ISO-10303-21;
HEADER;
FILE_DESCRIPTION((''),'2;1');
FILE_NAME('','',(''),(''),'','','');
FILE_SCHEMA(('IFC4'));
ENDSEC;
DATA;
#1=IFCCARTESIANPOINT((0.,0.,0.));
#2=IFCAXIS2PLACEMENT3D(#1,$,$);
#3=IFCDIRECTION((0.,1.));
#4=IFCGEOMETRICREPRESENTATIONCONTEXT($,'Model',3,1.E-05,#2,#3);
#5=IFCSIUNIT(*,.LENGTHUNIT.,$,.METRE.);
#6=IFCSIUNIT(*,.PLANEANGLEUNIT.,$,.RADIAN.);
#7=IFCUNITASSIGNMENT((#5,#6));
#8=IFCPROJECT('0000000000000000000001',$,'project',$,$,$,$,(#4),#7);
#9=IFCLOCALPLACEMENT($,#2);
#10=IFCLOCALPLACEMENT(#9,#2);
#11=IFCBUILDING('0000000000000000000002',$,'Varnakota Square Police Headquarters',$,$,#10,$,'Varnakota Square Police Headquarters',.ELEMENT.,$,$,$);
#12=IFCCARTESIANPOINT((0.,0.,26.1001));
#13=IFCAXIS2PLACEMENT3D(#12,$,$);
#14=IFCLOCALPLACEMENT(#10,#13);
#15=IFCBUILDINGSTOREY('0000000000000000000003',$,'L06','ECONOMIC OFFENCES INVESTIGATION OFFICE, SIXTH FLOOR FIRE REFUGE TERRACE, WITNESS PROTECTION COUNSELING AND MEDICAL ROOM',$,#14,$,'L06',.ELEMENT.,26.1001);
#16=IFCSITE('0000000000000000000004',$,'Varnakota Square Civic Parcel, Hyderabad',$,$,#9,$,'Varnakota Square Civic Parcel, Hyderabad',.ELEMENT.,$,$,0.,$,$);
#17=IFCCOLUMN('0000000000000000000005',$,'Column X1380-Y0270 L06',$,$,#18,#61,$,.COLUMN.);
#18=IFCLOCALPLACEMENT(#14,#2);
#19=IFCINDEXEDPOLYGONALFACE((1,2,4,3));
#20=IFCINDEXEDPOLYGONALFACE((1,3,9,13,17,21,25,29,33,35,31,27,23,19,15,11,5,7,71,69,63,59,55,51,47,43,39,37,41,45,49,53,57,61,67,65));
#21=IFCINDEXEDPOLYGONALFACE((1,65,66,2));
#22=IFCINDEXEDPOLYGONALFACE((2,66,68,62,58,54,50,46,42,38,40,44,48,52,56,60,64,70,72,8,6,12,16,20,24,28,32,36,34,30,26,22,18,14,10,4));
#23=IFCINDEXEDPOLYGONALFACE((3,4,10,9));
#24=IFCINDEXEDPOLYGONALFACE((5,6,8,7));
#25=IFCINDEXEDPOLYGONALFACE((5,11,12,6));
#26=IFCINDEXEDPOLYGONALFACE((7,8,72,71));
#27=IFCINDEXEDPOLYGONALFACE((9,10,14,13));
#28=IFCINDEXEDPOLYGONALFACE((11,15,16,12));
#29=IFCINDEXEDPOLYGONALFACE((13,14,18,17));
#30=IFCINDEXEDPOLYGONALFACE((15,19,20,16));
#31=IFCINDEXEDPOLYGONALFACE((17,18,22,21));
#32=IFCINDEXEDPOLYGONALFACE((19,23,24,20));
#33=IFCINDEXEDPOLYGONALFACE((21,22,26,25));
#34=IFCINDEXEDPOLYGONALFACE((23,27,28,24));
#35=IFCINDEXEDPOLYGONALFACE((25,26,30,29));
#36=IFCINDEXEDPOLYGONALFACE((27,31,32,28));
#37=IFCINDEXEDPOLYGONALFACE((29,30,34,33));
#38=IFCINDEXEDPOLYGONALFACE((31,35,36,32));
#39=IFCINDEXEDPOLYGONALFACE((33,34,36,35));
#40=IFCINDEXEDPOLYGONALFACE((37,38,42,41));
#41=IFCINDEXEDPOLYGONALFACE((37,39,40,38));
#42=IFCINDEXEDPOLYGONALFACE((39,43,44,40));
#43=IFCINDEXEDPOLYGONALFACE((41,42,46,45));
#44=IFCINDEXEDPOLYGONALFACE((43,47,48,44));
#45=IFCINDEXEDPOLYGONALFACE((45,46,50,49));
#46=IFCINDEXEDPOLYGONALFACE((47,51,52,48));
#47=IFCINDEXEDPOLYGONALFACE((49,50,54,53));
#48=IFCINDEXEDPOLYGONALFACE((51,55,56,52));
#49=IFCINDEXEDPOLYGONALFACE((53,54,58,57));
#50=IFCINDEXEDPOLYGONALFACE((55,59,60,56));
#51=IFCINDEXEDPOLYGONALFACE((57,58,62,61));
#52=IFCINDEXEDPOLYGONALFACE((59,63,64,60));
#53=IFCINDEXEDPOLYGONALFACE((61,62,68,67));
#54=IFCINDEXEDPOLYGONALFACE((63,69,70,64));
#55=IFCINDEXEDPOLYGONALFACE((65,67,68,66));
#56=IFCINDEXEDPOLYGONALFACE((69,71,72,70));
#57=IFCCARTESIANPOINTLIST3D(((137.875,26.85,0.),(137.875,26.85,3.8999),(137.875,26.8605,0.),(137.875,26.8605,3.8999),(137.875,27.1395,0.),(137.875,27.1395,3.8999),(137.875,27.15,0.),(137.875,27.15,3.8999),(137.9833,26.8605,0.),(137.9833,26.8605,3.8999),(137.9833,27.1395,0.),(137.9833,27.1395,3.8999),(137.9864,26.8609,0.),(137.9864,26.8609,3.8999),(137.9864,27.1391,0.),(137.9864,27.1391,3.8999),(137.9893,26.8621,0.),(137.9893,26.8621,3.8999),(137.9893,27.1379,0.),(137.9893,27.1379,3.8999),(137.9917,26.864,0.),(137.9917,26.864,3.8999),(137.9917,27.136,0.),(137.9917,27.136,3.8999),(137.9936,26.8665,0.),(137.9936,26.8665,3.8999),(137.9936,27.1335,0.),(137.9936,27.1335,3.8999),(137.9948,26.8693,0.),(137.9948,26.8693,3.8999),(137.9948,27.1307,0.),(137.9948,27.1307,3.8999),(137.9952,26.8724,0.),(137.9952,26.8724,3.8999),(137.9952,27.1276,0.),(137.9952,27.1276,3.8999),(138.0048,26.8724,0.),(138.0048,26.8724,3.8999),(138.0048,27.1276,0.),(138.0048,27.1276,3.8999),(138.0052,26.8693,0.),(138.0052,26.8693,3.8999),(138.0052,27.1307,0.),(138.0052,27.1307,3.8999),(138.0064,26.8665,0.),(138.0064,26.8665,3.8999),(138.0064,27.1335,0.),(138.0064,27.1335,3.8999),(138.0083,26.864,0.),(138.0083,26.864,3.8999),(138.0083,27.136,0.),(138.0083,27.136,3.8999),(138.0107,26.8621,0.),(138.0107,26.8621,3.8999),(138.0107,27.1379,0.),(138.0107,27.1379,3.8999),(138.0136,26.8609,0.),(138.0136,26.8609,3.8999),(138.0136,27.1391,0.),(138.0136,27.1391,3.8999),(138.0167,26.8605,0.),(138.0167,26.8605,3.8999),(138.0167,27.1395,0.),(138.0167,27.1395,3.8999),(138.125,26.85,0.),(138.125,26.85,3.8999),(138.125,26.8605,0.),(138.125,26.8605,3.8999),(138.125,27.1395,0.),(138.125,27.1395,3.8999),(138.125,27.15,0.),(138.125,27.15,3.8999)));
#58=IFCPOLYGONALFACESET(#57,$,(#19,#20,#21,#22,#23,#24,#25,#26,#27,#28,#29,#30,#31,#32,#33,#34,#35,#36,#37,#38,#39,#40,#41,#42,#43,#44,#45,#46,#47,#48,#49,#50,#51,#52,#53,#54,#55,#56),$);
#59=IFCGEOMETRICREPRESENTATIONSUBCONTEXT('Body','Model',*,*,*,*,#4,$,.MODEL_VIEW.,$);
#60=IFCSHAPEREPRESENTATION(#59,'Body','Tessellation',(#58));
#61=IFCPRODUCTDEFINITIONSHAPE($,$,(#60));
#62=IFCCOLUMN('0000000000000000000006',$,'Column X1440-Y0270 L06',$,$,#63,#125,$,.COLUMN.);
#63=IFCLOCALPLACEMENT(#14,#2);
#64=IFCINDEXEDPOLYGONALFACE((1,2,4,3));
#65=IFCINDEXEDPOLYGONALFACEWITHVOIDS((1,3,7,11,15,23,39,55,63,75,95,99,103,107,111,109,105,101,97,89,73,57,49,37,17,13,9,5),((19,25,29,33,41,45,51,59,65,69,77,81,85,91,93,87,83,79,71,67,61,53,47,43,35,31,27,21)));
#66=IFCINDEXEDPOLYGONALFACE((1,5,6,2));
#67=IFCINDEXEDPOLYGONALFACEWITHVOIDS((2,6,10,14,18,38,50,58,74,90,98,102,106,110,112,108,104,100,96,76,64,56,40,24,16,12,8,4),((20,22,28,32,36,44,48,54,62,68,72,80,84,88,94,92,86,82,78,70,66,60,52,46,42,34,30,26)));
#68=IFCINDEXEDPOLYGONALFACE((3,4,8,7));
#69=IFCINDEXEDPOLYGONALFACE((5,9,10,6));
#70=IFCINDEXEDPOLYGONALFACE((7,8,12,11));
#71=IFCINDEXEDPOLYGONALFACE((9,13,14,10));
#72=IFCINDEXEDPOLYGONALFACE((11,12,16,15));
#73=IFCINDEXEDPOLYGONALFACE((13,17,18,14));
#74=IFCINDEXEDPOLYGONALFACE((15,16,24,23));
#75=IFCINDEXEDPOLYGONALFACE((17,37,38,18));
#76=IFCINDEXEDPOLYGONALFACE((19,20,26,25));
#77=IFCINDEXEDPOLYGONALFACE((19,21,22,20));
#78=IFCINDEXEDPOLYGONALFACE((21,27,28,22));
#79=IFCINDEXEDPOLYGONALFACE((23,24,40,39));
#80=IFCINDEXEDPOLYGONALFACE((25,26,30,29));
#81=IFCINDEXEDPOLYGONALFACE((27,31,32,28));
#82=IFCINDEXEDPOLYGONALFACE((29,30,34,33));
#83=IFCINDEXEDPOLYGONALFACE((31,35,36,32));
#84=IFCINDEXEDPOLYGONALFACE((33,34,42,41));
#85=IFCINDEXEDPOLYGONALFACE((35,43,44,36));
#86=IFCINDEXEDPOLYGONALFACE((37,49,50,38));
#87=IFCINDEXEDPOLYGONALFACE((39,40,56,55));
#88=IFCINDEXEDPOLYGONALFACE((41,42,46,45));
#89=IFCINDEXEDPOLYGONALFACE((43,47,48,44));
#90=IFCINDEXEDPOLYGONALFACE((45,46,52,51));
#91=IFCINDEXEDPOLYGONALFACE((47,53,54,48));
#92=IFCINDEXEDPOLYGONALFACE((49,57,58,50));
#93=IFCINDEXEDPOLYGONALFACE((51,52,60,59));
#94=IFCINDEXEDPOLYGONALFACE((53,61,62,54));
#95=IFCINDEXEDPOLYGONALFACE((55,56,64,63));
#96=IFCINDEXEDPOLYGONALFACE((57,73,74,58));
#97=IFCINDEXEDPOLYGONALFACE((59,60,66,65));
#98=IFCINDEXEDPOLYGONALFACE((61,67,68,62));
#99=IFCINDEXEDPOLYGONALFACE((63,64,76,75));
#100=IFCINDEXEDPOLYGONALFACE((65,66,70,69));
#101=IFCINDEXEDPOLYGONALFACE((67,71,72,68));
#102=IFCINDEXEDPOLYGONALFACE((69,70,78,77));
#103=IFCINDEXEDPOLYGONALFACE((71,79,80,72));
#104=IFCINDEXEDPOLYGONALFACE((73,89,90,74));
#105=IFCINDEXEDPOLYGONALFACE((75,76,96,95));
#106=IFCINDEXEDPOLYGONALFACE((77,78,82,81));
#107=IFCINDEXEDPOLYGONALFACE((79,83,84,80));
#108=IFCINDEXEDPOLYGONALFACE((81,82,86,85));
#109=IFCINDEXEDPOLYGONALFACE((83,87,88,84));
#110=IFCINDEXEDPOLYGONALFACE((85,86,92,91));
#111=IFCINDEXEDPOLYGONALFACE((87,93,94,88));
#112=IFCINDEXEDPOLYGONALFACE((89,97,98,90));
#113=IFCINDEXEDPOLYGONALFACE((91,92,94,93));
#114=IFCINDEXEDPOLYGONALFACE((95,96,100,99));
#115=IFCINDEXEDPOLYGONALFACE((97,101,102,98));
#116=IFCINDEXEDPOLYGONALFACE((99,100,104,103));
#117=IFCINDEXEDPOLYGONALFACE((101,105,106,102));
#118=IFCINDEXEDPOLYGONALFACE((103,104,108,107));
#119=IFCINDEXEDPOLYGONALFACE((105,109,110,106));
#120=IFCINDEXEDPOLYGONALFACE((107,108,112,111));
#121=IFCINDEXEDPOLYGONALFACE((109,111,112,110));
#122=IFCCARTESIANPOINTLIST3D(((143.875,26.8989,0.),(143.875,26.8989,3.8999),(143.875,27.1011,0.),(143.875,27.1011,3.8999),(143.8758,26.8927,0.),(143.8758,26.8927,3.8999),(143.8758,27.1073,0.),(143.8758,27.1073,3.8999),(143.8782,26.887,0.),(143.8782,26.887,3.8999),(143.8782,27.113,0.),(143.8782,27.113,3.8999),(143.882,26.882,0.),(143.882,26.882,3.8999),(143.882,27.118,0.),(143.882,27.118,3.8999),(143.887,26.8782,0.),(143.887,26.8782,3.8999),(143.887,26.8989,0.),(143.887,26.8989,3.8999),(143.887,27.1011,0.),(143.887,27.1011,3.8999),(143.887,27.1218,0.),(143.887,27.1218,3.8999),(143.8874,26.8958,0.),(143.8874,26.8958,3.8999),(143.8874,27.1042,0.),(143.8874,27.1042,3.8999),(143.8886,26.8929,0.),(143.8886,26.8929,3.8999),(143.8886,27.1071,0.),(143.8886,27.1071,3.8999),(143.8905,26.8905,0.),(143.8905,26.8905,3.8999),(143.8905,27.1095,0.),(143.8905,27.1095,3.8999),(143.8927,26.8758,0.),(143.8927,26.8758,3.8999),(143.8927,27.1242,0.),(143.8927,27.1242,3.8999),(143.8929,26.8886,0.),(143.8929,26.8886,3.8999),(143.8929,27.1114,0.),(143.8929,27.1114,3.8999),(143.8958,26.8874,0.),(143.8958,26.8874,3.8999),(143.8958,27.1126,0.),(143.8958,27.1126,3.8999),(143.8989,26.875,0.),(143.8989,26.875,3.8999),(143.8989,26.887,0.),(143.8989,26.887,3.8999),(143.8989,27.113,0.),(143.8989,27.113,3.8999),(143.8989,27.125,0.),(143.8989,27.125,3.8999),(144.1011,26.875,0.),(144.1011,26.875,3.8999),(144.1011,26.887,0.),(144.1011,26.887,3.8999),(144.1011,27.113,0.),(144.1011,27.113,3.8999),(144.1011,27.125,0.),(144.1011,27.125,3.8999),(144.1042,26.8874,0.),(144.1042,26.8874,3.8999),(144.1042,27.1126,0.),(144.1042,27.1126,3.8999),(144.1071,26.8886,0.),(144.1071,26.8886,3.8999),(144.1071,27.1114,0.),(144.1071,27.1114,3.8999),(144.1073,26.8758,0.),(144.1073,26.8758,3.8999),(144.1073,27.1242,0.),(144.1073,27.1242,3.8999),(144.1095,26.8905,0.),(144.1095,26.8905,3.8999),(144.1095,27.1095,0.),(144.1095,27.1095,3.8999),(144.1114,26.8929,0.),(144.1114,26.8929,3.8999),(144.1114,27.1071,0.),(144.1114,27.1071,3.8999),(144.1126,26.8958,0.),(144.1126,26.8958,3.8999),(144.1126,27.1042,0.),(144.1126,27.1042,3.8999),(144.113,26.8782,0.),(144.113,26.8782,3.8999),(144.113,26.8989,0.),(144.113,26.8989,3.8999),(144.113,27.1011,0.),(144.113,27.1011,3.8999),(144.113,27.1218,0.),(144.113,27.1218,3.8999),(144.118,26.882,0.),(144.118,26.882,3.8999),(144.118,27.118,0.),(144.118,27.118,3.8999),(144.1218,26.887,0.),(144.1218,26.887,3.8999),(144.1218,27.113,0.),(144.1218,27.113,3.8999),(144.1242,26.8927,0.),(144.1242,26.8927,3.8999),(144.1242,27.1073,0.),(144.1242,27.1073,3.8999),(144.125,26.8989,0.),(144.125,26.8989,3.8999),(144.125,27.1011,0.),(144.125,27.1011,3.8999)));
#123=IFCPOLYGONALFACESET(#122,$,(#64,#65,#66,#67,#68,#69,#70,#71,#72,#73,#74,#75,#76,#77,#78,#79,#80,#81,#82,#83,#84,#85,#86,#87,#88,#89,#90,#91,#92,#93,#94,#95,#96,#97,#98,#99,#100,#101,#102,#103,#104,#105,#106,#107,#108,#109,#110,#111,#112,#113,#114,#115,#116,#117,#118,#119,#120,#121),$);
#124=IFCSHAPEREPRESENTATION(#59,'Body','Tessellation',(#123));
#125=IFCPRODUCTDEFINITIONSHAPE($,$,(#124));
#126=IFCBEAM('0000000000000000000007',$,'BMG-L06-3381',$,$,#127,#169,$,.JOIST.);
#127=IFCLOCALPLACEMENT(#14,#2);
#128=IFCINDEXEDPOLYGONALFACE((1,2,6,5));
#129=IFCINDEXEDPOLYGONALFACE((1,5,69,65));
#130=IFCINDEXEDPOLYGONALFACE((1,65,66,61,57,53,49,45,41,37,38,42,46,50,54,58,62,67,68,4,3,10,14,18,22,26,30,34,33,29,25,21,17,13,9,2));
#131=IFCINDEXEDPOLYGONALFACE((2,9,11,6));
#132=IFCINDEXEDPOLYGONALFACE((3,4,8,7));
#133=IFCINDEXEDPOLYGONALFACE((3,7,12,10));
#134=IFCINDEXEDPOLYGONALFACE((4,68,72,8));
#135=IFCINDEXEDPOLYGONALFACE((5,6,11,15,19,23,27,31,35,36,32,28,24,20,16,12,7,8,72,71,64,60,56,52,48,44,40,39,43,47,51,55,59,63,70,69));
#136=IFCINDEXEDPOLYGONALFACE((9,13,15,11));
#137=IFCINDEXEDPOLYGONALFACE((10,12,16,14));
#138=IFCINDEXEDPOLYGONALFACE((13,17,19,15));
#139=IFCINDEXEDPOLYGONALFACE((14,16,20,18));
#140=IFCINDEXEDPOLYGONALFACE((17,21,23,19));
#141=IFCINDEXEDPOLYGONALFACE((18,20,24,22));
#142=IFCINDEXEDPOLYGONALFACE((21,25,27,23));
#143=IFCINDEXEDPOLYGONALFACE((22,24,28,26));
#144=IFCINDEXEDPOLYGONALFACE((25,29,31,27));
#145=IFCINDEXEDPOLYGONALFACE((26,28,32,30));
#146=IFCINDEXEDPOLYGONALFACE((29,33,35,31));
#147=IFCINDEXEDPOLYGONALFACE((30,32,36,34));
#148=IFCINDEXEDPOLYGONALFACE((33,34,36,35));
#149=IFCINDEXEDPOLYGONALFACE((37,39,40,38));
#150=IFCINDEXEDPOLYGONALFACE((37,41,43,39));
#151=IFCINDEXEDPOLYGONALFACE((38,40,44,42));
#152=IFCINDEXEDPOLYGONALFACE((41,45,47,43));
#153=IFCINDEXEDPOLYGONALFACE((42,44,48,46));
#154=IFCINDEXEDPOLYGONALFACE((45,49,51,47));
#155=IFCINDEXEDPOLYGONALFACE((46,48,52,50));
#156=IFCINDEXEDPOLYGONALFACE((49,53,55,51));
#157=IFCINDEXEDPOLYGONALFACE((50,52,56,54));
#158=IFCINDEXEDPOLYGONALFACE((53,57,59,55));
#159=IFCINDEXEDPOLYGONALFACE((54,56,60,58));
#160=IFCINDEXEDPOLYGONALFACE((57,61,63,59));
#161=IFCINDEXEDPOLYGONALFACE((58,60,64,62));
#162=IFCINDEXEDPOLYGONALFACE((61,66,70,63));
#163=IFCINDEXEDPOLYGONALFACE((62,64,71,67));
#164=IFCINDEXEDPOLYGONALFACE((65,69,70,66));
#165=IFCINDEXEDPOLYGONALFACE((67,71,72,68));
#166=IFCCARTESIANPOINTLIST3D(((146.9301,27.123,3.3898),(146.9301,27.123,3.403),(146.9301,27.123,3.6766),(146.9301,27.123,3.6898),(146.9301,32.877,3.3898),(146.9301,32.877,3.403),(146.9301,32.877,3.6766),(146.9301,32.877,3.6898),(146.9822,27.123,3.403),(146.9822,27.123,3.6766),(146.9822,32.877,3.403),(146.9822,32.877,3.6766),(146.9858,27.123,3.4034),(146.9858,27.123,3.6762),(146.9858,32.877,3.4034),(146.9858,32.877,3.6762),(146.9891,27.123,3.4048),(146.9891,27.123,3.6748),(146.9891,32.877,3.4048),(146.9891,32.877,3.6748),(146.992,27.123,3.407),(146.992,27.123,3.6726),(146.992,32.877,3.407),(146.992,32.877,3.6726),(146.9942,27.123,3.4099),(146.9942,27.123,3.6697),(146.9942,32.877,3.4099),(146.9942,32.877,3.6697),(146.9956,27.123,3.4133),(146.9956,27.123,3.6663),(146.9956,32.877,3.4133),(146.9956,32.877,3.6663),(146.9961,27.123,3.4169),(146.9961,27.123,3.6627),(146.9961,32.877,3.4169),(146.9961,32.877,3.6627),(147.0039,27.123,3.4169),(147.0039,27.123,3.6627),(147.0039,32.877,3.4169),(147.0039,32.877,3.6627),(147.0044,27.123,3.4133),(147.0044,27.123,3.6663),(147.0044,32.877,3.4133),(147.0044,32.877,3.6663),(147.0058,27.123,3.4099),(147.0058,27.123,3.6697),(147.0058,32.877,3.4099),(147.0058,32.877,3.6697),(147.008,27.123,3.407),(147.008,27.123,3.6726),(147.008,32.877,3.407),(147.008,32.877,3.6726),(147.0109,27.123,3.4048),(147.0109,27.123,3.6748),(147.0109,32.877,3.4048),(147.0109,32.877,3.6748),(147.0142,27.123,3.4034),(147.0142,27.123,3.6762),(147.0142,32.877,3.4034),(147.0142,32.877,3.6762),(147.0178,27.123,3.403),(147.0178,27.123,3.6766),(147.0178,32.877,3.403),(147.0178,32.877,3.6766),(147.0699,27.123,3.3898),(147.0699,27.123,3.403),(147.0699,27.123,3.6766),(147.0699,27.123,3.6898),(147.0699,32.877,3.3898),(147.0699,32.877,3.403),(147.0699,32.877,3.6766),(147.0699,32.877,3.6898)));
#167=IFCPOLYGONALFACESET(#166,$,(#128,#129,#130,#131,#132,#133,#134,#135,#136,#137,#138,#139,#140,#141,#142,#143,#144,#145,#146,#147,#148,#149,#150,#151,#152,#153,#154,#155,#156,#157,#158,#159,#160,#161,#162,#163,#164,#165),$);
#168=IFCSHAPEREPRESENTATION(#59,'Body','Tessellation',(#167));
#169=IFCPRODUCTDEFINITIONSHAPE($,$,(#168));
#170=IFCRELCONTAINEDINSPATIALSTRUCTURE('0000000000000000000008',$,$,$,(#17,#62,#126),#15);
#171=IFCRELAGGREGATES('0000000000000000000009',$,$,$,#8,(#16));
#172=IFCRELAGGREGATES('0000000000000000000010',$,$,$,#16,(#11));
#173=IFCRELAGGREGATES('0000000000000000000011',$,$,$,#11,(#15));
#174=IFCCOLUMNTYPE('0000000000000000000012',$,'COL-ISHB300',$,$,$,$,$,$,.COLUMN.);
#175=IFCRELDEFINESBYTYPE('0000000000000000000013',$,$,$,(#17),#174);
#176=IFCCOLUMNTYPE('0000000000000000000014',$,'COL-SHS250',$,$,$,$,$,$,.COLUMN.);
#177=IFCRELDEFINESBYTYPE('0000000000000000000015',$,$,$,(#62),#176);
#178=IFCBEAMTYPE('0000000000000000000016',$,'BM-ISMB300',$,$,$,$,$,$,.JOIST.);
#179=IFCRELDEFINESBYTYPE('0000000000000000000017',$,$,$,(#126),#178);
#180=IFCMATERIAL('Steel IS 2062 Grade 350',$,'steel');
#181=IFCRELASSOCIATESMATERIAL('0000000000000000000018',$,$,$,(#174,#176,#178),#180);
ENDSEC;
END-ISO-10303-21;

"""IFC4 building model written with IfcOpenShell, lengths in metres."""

from ifc_helpers import new_model, si_unit, direction, frame, origin, origin_2d, place, context, subcontext, project, spatial, hollow_rectangle, i_section, extrude, material, material_profile, profile_set, type_object, element, save


model = new_model("IFC4")

# Units and contexts
model_context = context("Model", 3, precision=1e-05, world=origin(), true_north=direction((0.0, 1.0)))
body_context = subcontext(model_context, "Body", "Model", "MODEL_VIEW")
ifc_project = project(units=[si_unit("LENGTHUNIT", "METRE"), si_unit("PLANEANGLEUNIT", "RADIAN")], contexts=[model_context])

# Site, building, storey
site_placement = place(None, origin())
site = spatial("IfcSite", under=ifc_project, at=site_placement, Name="Varnakota Square Civic Parcel, Hyderabad", LongName="Varnakota Square Civic Parcel, Hyderabad", CompositionType="ELEMENT", RefElevation=0.0)
building_placement = place(site_placement, origin())
building = spatial("IfcBuilding", under=site, at=building_placement, Name="Varnakota Square Police Headquarters", LongName="Varnakota Square Police Headquarters", CompositionType="ELEMENT")
storey_placement = place(building_placement, frame((0.0, 0.0, 26.1001)))
storey = spatial("IfcBuildingStorey", under=building, at=storey_placement, Name="L06", Description="ECONOMIC OFFENCES INVESTIGATION OFFICE, SIXTH FLOOR FIRE REFUGE TERRACE, WITNESS PROTECTION COUNSELING AND MEDICAL ROOM", LongName="L06", CompositionType="ELEMENT", Elevation=26.1001)

# Columns
ifc_material_1 = material(Name="Steel IS 2062 Grade 350", Category="steel")
ifc_material_profile_1 = material_profile(ifc_material_1, i_section(OverallWidth=0.25, OverallDepth=0.3, WebThickness=0.0095, FlangeThickness=0.0105, FilletRadius=0.012, at=origin_2d()), Name="ISHB 300")
ifc_profile_set_1 = profile_set([ifc_material_profile_1], Name="Steel IS 2062 Grade 350")
column_type_1 = type_object("IfcColumnType", Name="COL-ISHB300", PredefinedType="COLUMN", material=ifc_profile_set_1)
column_1_placement = place(storey_placement, frame((138.0, 27.0, 0.0), z_axis=(0.0, 0.0, 1.0), x_axis=(1.0, 0.0, 0.0)))
element("IfcColumn", 1, at=column_1_placement, inside=storey, type_object=column_type_1, Name="Column X1380-Y0270 L06", PredefinedType="COLUMN", context=body_context, shape_type="SweptSolid", body=[
    extrude(i_section(OverallWidth=0.25, OverallDepth=0.3, WebThickness=0.0095, FlangeThickness=0.0105, FilletRadius=0.012, at=origin_2d()), origin(), (0.0, 0.0, 1.0), 3.8999),
])
ifc_material_profile_2 = material_profile(ifc_material_1, hollow_rectangle(XDim=0.25, YDim=0.25, WallThickness=0.012, InnerFilletRadius=0.012, OuterFilletRadius=0.0239, at=origin_2d()), Name="SHS 250x250x12")
ifc_profile_set_2 = profile_set([ifc_material_profile_2], Name="Steel IS 2062 Grade 350")
column_type_2 = type_object("IfcColumnType", Name="COL-SHS250", PredefinedType="COLUMN", material=ifc_profile_set_2)
column_2_placement = place(storey_placement, frame((144.0, 27.0, 0.0), z_axis=(0.0, 0.0, 1.0), x_axis=(1.0, 0.0, 0.0)))
element("IfcColumn", 2, at=column_2_placement, inside=storey, type_object=column_type_2, Name="Column X1440-Y0270 L06", PredefinedType="COLUMN", context=body_context, shape_type="SweptSolid", body=[
    extrude(hollow_rectangle(XDim=0.25, YDim=0.25, WallThickness=0.012, InnerFilletRadius=0.012, OuterFilletRadius=0.0239, at=origin_2d()), origin(), (0.0, 0.0, 1.0), 3.8999),
])

# Beam
ifc_material_profile_3 = material_profile(ifc_material_1, i_section(OverallWidth=0.1399, OverallDepth=0.3, WebThickness=0.0078, FlangeThickness=0.0132, FilletRadius=0.0139, at=origin_2d()), Name="ISMB 300")
ifc_profile_set_3 = profile_set([ifc_material_profile_3], Name="Steel IS 2062 Grade 350")
beam_type_1 = type_object("IfcBeamType", Name="BM-ISMB300", PredefinedType="JOIST", material=ifc_profile_set_3)
beam_1_placement = place(storey_placement, frame((147.0, 27.123, 3.5398), z_axis=(0.0, 1.0, 0.0), x_axis=(-1.0, 0.0, 0.0)))
element("IfcBeam", 3, at=beam_1_placement, inside=storey, type_object=beam_type_1, Name="BMG-L06-3381", PredefinedType="JOIST", context=body_context, shape_type="SweptSolid", body=[
    extrude(i_section(OverallWidth=0.1399, OverallDepth=0.3, WebThickness=0.0078, FlangeThickness=0.0132, FilletRadius=0.0139, at=origin_2d()), origin(), (0.0, 0.0, 1.0), 5.7539),
])

save(model, "model.ifc")
